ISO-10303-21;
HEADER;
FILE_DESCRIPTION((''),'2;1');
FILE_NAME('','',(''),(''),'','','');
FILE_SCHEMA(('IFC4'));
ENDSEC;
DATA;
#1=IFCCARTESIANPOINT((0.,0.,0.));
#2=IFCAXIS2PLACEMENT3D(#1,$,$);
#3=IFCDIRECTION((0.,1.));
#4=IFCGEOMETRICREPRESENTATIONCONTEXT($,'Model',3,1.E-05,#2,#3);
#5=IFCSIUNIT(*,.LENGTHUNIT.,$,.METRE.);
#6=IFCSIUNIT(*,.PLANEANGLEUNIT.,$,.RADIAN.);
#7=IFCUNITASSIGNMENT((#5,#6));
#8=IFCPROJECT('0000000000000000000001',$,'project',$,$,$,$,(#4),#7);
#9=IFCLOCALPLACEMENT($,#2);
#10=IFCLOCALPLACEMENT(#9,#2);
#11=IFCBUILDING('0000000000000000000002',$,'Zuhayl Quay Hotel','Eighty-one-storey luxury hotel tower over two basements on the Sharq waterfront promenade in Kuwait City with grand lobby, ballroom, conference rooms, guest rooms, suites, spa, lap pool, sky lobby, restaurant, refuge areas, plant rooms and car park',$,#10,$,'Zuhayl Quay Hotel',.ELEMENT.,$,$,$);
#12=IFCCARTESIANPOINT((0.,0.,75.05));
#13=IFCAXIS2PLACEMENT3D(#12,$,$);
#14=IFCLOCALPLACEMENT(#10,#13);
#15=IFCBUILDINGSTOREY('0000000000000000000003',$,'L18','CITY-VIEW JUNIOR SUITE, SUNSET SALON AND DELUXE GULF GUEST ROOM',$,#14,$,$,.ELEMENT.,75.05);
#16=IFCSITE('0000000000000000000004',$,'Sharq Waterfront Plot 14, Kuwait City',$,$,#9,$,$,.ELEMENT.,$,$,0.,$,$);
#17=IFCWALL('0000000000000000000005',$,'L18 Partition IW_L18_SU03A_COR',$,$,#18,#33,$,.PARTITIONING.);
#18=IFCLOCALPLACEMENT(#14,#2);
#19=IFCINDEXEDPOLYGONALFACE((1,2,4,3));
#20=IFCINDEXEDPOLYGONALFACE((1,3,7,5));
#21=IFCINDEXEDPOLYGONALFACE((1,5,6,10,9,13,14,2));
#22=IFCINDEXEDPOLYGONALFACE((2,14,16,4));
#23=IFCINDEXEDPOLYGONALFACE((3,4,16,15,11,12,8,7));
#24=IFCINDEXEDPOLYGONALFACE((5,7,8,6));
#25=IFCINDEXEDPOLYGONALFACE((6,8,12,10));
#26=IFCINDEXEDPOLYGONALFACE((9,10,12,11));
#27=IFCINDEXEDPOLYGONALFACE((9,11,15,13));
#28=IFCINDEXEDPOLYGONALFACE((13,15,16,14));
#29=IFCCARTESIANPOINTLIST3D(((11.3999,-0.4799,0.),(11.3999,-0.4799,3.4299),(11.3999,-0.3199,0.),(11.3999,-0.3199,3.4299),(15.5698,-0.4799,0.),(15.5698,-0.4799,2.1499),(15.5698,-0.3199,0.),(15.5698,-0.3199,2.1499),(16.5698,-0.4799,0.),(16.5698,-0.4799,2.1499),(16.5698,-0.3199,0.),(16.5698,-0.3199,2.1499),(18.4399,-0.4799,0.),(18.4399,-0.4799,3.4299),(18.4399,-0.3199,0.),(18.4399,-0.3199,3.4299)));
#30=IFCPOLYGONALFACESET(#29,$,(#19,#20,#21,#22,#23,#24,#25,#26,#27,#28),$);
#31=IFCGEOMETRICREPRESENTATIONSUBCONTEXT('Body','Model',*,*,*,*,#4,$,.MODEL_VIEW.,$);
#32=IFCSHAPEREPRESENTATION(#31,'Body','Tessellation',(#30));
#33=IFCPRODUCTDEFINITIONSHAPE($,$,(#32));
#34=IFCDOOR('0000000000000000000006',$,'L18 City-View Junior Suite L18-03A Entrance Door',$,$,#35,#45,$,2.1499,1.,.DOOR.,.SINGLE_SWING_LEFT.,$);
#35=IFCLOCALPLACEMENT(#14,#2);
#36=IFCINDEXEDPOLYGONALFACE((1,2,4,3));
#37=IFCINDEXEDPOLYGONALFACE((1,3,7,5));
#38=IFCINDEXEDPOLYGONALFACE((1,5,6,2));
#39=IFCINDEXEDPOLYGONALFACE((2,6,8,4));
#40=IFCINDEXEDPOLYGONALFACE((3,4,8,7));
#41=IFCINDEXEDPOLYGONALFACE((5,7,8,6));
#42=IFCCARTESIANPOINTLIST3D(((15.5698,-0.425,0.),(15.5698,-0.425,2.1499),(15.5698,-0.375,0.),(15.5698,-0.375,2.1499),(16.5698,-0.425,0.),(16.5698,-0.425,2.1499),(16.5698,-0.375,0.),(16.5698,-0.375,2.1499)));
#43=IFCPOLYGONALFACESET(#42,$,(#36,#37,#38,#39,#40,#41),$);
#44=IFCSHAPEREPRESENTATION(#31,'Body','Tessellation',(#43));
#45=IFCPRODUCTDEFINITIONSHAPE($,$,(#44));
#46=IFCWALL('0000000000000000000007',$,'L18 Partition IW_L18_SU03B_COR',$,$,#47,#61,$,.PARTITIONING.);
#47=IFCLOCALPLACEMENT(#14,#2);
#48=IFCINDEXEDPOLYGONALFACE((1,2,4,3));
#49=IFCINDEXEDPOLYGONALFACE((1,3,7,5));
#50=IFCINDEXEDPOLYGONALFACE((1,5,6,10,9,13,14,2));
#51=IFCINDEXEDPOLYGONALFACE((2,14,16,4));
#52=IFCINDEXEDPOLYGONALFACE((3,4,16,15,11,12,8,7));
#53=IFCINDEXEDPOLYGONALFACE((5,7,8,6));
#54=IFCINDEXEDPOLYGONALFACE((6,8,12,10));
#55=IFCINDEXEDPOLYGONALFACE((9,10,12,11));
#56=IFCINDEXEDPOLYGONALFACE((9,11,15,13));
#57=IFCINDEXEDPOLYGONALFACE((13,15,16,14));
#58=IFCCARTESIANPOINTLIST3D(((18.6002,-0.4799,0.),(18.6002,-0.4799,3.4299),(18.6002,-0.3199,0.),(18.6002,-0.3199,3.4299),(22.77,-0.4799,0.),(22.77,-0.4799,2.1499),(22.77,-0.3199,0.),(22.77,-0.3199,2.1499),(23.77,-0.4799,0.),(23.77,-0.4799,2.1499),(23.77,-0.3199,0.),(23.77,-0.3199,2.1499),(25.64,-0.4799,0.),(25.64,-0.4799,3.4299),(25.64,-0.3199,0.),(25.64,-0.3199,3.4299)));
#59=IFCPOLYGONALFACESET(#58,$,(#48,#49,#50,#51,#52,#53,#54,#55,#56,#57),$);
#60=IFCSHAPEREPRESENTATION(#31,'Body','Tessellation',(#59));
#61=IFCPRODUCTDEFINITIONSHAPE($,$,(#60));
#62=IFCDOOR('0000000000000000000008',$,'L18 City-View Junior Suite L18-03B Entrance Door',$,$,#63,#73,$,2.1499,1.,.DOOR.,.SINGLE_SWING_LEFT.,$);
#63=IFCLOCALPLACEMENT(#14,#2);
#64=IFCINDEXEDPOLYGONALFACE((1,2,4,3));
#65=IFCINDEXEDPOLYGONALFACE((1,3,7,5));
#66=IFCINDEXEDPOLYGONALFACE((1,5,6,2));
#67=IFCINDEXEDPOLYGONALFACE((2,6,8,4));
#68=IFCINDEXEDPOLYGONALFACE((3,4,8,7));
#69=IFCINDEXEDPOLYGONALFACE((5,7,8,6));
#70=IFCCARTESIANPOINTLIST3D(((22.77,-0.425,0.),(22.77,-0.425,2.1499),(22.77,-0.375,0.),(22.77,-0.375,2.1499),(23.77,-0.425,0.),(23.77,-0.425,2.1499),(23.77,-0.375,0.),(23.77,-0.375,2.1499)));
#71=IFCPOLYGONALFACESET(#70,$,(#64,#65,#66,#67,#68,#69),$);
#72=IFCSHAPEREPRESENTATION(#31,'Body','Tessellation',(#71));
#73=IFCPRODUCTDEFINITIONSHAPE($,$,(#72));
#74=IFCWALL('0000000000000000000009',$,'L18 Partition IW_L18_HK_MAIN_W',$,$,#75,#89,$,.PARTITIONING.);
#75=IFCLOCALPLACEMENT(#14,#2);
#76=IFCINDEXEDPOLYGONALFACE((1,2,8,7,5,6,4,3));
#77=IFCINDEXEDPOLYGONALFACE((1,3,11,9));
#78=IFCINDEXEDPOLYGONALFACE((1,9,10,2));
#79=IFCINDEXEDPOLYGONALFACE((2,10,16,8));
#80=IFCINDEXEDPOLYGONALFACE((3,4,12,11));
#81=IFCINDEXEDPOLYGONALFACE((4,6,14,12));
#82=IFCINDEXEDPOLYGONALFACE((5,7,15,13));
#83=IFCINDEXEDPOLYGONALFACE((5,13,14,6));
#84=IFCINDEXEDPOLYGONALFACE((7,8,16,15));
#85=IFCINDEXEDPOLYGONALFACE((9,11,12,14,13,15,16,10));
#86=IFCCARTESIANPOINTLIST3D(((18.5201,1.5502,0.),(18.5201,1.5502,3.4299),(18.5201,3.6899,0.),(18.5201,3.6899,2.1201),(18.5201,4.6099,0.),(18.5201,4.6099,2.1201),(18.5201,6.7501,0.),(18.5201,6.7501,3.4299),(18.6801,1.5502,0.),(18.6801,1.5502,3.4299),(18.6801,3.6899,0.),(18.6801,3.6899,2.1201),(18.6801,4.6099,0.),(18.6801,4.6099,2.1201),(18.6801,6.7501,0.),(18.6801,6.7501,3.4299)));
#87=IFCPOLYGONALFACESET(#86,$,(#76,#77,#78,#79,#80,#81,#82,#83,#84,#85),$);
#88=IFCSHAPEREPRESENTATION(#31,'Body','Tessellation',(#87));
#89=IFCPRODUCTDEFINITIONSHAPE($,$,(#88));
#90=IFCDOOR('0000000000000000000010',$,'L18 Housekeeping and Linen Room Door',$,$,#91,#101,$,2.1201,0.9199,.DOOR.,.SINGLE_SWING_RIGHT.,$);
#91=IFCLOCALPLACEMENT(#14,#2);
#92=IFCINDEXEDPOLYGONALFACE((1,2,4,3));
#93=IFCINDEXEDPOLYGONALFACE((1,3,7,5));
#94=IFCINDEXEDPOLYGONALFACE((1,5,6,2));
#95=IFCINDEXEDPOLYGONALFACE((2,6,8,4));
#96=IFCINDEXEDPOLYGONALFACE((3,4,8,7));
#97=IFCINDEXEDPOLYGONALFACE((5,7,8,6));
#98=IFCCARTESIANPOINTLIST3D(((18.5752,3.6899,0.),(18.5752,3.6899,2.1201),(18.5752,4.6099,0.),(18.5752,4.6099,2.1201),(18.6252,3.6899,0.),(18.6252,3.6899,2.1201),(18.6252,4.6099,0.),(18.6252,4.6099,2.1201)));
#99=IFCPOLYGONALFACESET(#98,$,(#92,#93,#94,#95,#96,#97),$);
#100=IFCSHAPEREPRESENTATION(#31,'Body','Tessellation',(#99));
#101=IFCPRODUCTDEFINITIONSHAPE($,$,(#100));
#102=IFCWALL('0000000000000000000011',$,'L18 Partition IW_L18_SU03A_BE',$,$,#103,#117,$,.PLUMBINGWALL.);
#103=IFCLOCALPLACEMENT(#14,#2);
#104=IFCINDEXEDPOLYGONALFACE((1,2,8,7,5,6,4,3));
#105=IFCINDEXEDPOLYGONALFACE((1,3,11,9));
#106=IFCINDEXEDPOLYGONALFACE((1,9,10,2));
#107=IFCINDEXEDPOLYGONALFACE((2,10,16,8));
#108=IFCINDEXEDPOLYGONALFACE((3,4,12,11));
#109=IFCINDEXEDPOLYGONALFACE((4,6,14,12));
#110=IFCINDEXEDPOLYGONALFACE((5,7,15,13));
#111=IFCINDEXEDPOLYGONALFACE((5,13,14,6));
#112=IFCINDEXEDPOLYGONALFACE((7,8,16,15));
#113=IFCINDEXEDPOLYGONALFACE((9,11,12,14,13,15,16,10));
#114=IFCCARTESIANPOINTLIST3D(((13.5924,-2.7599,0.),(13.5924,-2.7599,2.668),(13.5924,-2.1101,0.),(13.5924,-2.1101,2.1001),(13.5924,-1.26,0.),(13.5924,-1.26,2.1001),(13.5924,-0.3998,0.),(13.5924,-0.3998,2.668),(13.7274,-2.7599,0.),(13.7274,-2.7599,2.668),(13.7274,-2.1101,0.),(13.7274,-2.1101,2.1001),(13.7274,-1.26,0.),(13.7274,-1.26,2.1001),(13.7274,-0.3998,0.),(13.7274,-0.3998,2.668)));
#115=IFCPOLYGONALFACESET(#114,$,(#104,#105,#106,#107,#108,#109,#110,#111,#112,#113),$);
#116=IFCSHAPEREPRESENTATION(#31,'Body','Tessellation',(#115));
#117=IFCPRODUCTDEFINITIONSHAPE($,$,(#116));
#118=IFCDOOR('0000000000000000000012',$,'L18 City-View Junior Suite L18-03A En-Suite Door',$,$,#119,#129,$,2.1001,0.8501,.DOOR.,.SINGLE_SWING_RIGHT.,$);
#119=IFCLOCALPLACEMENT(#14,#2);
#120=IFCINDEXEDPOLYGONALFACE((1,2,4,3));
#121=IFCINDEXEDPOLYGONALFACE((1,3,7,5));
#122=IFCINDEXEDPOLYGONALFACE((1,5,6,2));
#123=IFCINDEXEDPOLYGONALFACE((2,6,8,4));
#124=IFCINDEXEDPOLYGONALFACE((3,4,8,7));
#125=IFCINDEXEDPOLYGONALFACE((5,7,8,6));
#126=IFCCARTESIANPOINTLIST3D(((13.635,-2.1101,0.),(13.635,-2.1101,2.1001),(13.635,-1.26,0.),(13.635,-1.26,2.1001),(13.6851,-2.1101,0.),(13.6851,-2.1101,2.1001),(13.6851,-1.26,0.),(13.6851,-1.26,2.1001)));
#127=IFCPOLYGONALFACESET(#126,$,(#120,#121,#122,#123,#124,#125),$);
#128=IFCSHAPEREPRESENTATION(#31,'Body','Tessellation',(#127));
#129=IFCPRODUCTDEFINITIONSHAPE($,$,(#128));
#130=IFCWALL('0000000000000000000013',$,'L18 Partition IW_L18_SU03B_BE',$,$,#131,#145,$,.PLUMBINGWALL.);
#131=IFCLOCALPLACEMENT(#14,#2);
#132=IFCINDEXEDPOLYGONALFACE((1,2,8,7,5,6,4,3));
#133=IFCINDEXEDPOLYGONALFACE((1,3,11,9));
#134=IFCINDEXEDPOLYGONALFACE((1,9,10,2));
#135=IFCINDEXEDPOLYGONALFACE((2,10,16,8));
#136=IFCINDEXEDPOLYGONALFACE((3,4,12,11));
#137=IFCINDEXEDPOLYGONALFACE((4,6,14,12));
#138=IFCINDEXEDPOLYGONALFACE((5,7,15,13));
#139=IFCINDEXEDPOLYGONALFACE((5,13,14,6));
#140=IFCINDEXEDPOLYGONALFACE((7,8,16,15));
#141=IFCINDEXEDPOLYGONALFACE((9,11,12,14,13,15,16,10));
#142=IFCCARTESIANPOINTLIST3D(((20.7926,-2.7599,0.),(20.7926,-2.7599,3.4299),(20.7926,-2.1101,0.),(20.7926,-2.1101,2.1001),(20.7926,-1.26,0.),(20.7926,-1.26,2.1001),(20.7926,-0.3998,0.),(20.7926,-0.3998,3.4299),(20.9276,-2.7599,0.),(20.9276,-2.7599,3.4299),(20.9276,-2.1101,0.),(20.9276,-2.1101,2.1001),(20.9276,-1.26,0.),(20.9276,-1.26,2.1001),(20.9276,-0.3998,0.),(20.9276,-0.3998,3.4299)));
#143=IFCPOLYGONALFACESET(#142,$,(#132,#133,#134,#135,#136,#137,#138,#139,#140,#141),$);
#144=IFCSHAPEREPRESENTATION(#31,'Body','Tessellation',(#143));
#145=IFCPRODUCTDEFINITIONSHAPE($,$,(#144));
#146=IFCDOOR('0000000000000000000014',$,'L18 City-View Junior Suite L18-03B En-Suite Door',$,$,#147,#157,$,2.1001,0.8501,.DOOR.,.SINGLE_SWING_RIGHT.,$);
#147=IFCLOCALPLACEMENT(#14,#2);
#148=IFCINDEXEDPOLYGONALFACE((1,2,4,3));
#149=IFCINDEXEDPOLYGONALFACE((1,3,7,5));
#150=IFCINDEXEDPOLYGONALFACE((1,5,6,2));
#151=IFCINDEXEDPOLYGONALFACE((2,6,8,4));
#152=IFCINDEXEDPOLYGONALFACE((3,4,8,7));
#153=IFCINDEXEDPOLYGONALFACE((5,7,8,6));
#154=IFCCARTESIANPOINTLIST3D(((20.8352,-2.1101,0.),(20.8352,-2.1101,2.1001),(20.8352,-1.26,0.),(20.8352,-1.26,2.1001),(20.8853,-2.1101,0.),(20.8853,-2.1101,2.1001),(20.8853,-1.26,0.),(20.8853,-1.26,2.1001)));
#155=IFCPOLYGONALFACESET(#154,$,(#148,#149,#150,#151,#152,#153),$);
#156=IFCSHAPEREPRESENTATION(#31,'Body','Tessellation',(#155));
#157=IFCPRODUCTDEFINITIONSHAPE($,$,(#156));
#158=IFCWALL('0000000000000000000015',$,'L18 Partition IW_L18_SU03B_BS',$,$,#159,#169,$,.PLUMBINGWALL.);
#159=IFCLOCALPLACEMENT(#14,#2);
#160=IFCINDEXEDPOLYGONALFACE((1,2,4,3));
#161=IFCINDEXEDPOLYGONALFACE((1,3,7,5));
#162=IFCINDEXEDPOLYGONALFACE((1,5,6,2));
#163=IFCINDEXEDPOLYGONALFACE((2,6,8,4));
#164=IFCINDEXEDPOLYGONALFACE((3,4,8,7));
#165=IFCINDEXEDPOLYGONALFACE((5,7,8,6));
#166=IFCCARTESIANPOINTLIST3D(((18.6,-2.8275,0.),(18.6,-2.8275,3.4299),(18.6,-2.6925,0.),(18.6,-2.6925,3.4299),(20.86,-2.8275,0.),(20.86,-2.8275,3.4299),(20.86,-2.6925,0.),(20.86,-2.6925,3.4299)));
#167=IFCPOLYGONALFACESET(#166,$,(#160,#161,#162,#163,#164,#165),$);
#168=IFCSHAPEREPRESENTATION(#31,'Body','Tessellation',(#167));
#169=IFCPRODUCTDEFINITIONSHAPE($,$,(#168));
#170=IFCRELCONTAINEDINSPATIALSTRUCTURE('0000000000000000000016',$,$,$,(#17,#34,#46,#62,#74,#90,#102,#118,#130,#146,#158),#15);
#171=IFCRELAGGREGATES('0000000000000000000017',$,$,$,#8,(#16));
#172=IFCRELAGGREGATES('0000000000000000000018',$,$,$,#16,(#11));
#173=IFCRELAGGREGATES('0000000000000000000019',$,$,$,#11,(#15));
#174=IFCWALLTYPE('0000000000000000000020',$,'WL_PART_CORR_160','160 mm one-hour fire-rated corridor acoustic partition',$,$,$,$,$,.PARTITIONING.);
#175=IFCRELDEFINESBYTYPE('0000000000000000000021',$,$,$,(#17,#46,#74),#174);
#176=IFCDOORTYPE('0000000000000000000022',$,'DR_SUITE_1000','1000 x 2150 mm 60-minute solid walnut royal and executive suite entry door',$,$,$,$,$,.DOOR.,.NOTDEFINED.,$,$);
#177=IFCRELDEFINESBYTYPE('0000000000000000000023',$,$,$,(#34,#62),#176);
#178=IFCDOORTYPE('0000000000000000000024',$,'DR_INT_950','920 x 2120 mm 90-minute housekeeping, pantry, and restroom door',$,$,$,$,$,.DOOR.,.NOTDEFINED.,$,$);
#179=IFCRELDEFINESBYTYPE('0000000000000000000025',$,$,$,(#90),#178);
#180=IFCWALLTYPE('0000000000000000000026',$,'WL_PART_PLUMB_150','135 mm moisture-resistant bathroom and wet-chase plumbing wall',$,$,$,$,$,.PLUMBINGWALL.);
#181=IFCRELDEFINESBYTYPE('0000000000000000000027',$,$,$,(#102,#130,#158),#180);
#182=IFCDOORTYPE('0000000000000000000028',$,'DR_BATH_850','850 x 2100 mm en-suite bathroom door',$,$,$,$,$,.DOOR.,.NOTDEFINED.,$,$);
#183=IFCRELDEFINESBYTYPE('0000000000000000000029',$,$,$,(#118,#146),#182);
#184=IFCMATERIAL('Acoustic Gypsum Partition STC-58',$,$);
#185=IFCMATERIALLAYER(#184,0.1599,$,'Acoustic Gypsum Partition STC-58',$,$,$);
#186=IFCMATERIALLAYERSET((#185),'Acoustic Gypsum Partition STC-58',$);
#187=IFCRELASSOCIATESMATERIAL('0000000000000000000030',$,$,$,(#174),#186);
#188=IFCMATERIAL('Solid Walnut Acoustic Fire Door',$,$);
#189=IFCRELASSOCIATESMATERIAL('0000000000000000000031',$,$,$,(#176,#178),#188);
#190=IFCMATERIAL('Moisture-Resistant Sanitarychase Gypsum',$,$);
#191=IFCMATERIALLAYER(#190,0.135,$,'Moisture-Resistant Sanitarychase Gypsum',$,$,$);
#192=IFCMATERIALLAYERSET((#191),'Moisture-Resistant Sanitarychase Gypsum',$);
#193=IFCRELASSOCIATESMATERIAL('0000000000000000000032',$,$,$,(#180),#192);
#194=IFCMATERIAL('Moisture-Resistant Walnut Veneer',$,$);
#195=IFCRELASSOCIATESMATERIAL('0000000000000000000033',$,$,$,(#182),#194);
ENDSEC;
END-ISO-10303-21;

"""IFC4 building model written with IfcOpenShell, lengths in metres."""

from ifc_helpers import new_model, si_unit, direction, frame, frame_2d, origin, place, context, subcontext, project, spatial, rectangle, extrude, material, layer, layer_set, type_object, element, fill, save


model = new_model("IFC4")

# Units and contexts
model_context = context("Model", 3, precision=1e-05, world=origin(), true_north=direction((0.0, 1.0)))
body_context = subcontext(model_context, "Body", "Model", "MODEL_VIEW")
ifc_project = project(units=[si_unit("LENGTHUNIT", "METRE"), si_unit("PLANEANGLEUNIT", "RADIAN")], contexts=[model_context])

# Site, building, storey
site_placement = place(None, origin())
site = spatial("IfcSite", under=ifc_project, at=site_placement, Name="Sharq Waterfront Plot 14, Kuwait City", CompositionType="ELEMENT", RefElevation=0.0)
building_placement = place(site_placement, origin())
building = spatial("IfcBuilding", under=site, at=building_placement, Name="Zuhayl Quay Hotel", Description="Eighty-one-storey luxury hotel tower over two basements on the Sharq waterfront promenade in Kuwait City with grand lobby, ballroom, conference rooms, guest rooms, suites, spa, lap pool, sky lobby, restaurant, refuge areas, plant rooms and car park", LongName="Zuhayl Quay Hotel", CompositionType="ELEMENT")
storey_placement = place(building_placement, frame((0.0, 0.0, 75.05)))
storey = spatial("IfcBuildingStorey", under=building, at=storey_placement, Name="L18", Description="CITY-VIEW JUNIOR SUITE, SUNSET SALON AND DELUXE GULF GUEST ROOM", CompositionType="ELEMENT", Elevation=75.05)

# Shared definitions
ifc_material_1 = material(Name="Acoustic Gypsum Partition STC-58")

# Walls, openings, doors
ifc_layer_1 = layer(ifc_material_1, 0.1599, Name="Acoustic Gypsum Partition STC-58")
ifc_layer_set_1 = layer_set([ifc_layer_1], Name="Acoustic Gypsum Partition STC-58")
wall_type_1 = type_object("IfcWallType", Name="WL_PART_CORR_160", Description="160 mm one-hour fire-rated corridor acoustic partition", PredefinedType="PARTITIONING", material=ifc_layer_set_1)
wall_1_placement = place(storey_placement, frame((11.3999, -0.3999, 0.0), z_axis=(0.0, 0.0, 1.0), x_axis=(1.0, 0.0, 0.0)))
wall_1 = element("IfcWall", 1, at=wall_1_placement, inside=storey, type_object=wall_type_1, Name="L18 Partition IW_L18_SU03A_COR", PredefinedType="PARTITIONING", context=body_context, shape_type="SweptSolid", body=[
    extrude(rectangle(XDim=7.04, YDim=0.1599, at=frame_2d((3.52, 0.0))), origin(), (0.0, 0.0, 1.0), 3.4299),
])
opening_1_placement = place(wall_1_placement, frame((4.1699, 0.0, 0.0)))
opening_1 = element("IfcOpeningElement", 2, at=opening_1_placement, cuts=wall_1, PredefinedType="OPENING", context=body_context, shape_type="SweptSolid", body=[
    extrude(rectangle(XDim=1.0, YDim=2.1499, at=frame_2d((0.5, 1.075))), frame((0.0, 0.0898, 0.0), z_axis=(0.0, -1.0, 0.0), x_axis=(1.0, 0.0, 0.0)), (0.0, 0.0, 1.0), 0.1799),
])
ifc_material_2 = material(Name="Solid Walnut Acoustic Fire Door")
door_type_1 = type_object("IfcDoorType", Name="DR_SUITE_1000", Description="1000 x 2150 mm 60-minute solid walnut royal and executive suite entry door", OperationType="NOTDEFINED", PredefinedType="DOOR", material=ifc_material_2)
door_1_placement = place(opening_1_placement, origin())
door_1 = element("IfcDoor", 3, at=door_1_placement, inside=storey, type_object=door_type_1, Name="L18 City-View Junior Suite L18-03A Entrance Door", OperationType="SINGLE_SWING_LEFT", OverallHeight=2.1499, OverallWidth=1.0, PredefinedType="DOOR", context=body_context, shape_type="SweptSolid", body=[
    extrude(rectangle(XDim=1.0, YDim=2.1499, at=frame_2d((0.5, 1.075))), frame((0.0, 0.0249, 0.0), z_axis=(0.0, -1.0, 0.0), x_axis=(1.0, 0.0, 0.0)), (0.0, 0.0, 1.0), 0.05),
])
fill(opening_1, door_1)
wall_2_placement = place(storey_placement, frame((18.6001, -0.3999, 0.0), z_axis=(0.0, 0.0, 1.0), x_axis=(1.0, 0.0, 0.0)))
wall_2 = element("IfcWall", 4, at=wall_2_placement, inside=storey, type_object=wall_type_1, Name="L18 Partition IW_L18_SU03B_COR", PredefinedType="PARTITIONING", context=body_context, shape_type="SweptSolid", body=[
    extrude(rectangle(XDim=7.0398, YDim=0.1599, at=frame_2d((3.52, 0.0))), origin(), (0.0, 0.0, 1.0), 3.4299),
])
opening_2_placement = place(wall_2_placement, frame((4.1699, 0.0, 0.0)))
opening_2 = element("IfcOpeningElement", 5, at=opening_2_placement, cuts=wall_2, PredefinedType="OPENING", context=body_context, shape_type="SweptSolid", body=[
    extrude(rectangle(XDim=1.0, YDim=2.1499, at=frame_2d((0.5, 1.075))), frame((0.0, 0.0898, 0.0), z_axis=(0.0, -1.0, 0.0), x_axis=(1.0, 0.0, 0.0)), (0.0, 0.0, 1.0), 0.1799),
])
door_2_placement = place(opening_2_placement, origin())
door_2 = element("IfcDoor", 6, at=door_2_placement, inside=storey, type_object=door_type_1, Name="L18 City-View Junior Suite L18-03B Entrance Door", OperationType="SINGLE_SWING_LEFT", OverallHeight=2.1499, OverallWidth=1.0, PredefinedType="DOOR", context=body_context, shape_type="SweptSolid", body=[
    extrude(rectangle(XDim=1.0, YDim=2.1499, at=frame_2d((0.5, 1.075))), frame((0.0, 0.0249, 0.0), z_axis=(0.0, -1.0, 0.0), x_axis=(1.0, 0.0, 0.0)), (0.0, 0.0, 1.0), 0.05),
])
fill(opening_2, door_2)
wall_3_placement = place(storey_placement, frame((18.6001, 1.55, 0.0), z_axis=(0.0, 0.0, 1.0), x_axis=(0.0, 1.0, 0.0)))
wall_3 = element("IfcWall", 7, at=wall_3_placement, inside=storey, type_object=wall_type_1, Name="L18 Partition IW_L18_HK_MAIN_W", PredefinedType="PARTITIONING", context=body_context, shape_type="SweptSolid", body=[
    extrude(rectangle(XDim=5.2, YDim=0.1599, at=frame_2d((2.6001, 0.0))), origin(), (0.0, 0.0, 1.0), 3.4299),
])
opening_3_placement = place(wall_3_placement, frame((2.1399, 0.0, 0.0)))
opening_3 = element("IfcOpeningElement", 8, at=opening_3_placement, cuts=wall_3, PredefinedType="OPENING", context=body_context, shape_type="SweptSolid", body=[
    extrude(rectangle(XDim=0.9199, YDim=2.1201, at=frame_2d((0.46, 1.0601))), frame((0.0, 0.0898, 0.0), z_axis=(0.0, -1.0, 0.0), x_axis=(1.0, 0.0, 0.0)), (0.0, 0.0, 1.0), 0.1799),
])
door_type_2 = type_object("IfcDoorType", Name="DR_INT_950", Description="920 x 2120 mm 90-minute housekeeping, pantry, and restroom door", OperationType="NOTDEFINED", PredefinedType="DOOR", material=ifc_material_2)
door_3_placement = place(opening_3_placement, origin())
door_3 = element("IfcDoor", 9, at=door_3_placement, inside=storey, type_object=door_type_2, Name="L18 Housekeeping and Linen Room Door", OperationType="SINGLE_SWING_RIGHT", OverallHeight=2.1201, OverallWidth=0.9199, PredefinedType="DOOR", context=body_context, shape_type="SweptSolid", body=[
    extrude(rectangle(XDim=0.9199, YDim=2.1201, at=frame_2d((0.46, 1.0601))), frame((0.0, 0.0249, 0.0), z_axis=(0.0, -1.0, 0.0), x_axis=(1.0, 0.0, 0.0)), (0.0, 0.0, 1.0), 0.05),
])
fill(opening_3, door_3)
ifc_material_3 = material(Name="Moisture-Resistant Sanitarychase Gypsum")
ifc_layer_2 = layer(ifc_material_3, 0.135, Name="Moisture-Resistant Sanitarychase Gypsum")
ifc_layer_set_2 = layer_set([ifc_layer_2], Name="Moisture-Resistant Sanitarychase Gypsum")
wall_type_2 = type_object("IfcWallType", Name="WL_PART_PLUMB_150", Description="135 mm moisture-resistant bathroom and wet-chase plumbing wall", PredefinedType="PLUMBINGWALL", material=ifc_layer_set_2)
wall_4_placement = place(storey_placement, frame((13.6599, -2.76, 0.0), z_axis=(0.0, 0.0, 1.0), x_axis=(0.0, 1.0, 0.0)))
wall_4 = element("IfcWall", 10, at=wall_4_placement, inside=storey, type_object=wall_type_2, Name="L18 Partition IW_L18_SU03A_BE", PredefinedType="PLUMBINGWALL", context=body_context, shape_type="SweptSolid", body=[
    extrude(rectangle(XDim=2.3601, YDim=0.135, at=frame_2d((1.1802, 0.0))), origin(), (0.0, 0.0, 1.0), 2.668),
])
opening_4_placement = place(wall_4_placement, frame((0.6499, 0.0, 0.0)))
opening_4 = element("IfcOpeningElement", 11, at=opening_4_placement, cuts=wall_4, PredefinedType="OPENING", context=body_context, shape_type="SweptSolid", body=[
    extrude(rectangle(XDim=0.8501, YDim=2.1001, at=frame_2d((0.425, 1.05))), frame((0.0, 0.0774, 0.0), z_axis=(0.0, -1.0, 0.0), x_axis=(1.0, 0.0, 0.0)), (0.0, 0.0, 1.0), 0.155),
])
ifc_material_4 = material(Name="Moisture-Resistant Walnut Veneer")
door_type_3 = type_object("IfcDoorType", Name="DR_BATH_850", Description="850 x 2100 mm en-suite bathroom door", OperationType="NOTDEFINED", PredefinedType="DOOR", material=ifc_material_4)
door_4_placement = place(opening_4_placement, origin())
door_4 = element("IfcDoor", 12, at=door_4_placement, inside=storey, type_object=door_type_3, Name="L18 City-View Junior Suite L18-03A En-Suite Door", OperationType="SINGLE_SWING_RIGHT", OverallHeight=2.1001, OverallWidth=0.8501, PredefinedType="DOOR", context=body_context, shape_type="SweptSolid", body=[
    extrude(rectangle(XDim=0.8501, YDim=2.1001, at=frame_2d((0.425, 1.05))), frame((0.0, 0.0249, 0.0), z_axis=(0.0, -1.0, 0.0), x_axis=(1.0, 0.0, 0.0)), (0.0, 0.0, 1.0), 0.05),
])
fill(opening_4, door_4)
wall_5_placement = place(storey_placement, frame((20.8601, -2.76, 0.0), z_axis=(0.0, 0.0, 1.0), x_axis=(0.0, 1.0, 0.0)))
wall_5 = element("IfcWall", 13, at=wall_5_placement, inside=storey, type_object=wall_type_2, Name="L18 Partition IW_L18_SU03B_BE", PredefinedType="PLUMBINGWALL", context=body_context, shape_type="SweptSolid", body=[
    extrude(rectangle(XDim=2.3601, YDim=0.135, at=frame_2d((1.1802, 0.0))), origin(), (0.0, 0.0, 1.0), 3.4299),
])
opening_5_placement = place(wall_5_placement, frame((0.6499, 0.0, 0.0)))
opening_5 = element("IfcOpeningElement", 14, at=opening_5_placement, cuts=wall_5, PredefinedType="OPENING", context=body_context, shape_type="SweptSolid", body=[
    extrude(rectangle(XDim=0.8501, YDim=2.1001, at=frame_2d((0.425, 1.05))), frame((0.0, 0.0774, 0.0), z_axis=(0.0, -1.0, 0.0), x_axis=(1.0, 0.0, 0.0)), (0.0, 0.0, 1.0), 0.155),
])
door_5_placement = place(opening_5_placement, origin())
door_5 = element("IfcDoor", 15, at=door_5_placement, inside=storey, type_object=door_type_3, Name="L18 City-View Junior Suite L18-03B En-Suite Door", OperationType="SINGLE_SWING_RIGHT", OverallHeight=2.1001, OverallWidth=0.8501, PredefinedType="DOOR", context=body_context, shape_type="SweptSolid", body=[
    extrude(rectangle(XDim=0.8501, YDim=2.1001, at=frame_2d((0.425, 1.05))), frame((0.0, 0.0249, 0.0), z_axis=(0.0, -1.0, 0.0), x_axis=(1.0, 0.0, 0.0)), (0.0, 0.0, 1.0), 0.05),
])
fill(opening_5, door_5)

# Wall
wall_6_placement = place(storey_placement, frame((18.6001, -2.76, 0.0), z_axis=(0.0, 0.0, 1.0), x_axis=(1.0, 0.0, 0.0)))
element("IfcWall", 16, at=wall_6_placement, inside=storey, type_object=wall_type_2, Name="L18 Partition IW_L18_SU03B_BS", PredefinedType="PLUMBINGWALL", context=body_context, shape_type="SweptSolid", body=[
    extrude(rectangle(XDim=2.26, YDim=0.135, at=frame_2d((1.1299, 0.0))), origin(), (0.0, 0.0, 1.0), 3.4299),
])

save(model, "model.ifc")
